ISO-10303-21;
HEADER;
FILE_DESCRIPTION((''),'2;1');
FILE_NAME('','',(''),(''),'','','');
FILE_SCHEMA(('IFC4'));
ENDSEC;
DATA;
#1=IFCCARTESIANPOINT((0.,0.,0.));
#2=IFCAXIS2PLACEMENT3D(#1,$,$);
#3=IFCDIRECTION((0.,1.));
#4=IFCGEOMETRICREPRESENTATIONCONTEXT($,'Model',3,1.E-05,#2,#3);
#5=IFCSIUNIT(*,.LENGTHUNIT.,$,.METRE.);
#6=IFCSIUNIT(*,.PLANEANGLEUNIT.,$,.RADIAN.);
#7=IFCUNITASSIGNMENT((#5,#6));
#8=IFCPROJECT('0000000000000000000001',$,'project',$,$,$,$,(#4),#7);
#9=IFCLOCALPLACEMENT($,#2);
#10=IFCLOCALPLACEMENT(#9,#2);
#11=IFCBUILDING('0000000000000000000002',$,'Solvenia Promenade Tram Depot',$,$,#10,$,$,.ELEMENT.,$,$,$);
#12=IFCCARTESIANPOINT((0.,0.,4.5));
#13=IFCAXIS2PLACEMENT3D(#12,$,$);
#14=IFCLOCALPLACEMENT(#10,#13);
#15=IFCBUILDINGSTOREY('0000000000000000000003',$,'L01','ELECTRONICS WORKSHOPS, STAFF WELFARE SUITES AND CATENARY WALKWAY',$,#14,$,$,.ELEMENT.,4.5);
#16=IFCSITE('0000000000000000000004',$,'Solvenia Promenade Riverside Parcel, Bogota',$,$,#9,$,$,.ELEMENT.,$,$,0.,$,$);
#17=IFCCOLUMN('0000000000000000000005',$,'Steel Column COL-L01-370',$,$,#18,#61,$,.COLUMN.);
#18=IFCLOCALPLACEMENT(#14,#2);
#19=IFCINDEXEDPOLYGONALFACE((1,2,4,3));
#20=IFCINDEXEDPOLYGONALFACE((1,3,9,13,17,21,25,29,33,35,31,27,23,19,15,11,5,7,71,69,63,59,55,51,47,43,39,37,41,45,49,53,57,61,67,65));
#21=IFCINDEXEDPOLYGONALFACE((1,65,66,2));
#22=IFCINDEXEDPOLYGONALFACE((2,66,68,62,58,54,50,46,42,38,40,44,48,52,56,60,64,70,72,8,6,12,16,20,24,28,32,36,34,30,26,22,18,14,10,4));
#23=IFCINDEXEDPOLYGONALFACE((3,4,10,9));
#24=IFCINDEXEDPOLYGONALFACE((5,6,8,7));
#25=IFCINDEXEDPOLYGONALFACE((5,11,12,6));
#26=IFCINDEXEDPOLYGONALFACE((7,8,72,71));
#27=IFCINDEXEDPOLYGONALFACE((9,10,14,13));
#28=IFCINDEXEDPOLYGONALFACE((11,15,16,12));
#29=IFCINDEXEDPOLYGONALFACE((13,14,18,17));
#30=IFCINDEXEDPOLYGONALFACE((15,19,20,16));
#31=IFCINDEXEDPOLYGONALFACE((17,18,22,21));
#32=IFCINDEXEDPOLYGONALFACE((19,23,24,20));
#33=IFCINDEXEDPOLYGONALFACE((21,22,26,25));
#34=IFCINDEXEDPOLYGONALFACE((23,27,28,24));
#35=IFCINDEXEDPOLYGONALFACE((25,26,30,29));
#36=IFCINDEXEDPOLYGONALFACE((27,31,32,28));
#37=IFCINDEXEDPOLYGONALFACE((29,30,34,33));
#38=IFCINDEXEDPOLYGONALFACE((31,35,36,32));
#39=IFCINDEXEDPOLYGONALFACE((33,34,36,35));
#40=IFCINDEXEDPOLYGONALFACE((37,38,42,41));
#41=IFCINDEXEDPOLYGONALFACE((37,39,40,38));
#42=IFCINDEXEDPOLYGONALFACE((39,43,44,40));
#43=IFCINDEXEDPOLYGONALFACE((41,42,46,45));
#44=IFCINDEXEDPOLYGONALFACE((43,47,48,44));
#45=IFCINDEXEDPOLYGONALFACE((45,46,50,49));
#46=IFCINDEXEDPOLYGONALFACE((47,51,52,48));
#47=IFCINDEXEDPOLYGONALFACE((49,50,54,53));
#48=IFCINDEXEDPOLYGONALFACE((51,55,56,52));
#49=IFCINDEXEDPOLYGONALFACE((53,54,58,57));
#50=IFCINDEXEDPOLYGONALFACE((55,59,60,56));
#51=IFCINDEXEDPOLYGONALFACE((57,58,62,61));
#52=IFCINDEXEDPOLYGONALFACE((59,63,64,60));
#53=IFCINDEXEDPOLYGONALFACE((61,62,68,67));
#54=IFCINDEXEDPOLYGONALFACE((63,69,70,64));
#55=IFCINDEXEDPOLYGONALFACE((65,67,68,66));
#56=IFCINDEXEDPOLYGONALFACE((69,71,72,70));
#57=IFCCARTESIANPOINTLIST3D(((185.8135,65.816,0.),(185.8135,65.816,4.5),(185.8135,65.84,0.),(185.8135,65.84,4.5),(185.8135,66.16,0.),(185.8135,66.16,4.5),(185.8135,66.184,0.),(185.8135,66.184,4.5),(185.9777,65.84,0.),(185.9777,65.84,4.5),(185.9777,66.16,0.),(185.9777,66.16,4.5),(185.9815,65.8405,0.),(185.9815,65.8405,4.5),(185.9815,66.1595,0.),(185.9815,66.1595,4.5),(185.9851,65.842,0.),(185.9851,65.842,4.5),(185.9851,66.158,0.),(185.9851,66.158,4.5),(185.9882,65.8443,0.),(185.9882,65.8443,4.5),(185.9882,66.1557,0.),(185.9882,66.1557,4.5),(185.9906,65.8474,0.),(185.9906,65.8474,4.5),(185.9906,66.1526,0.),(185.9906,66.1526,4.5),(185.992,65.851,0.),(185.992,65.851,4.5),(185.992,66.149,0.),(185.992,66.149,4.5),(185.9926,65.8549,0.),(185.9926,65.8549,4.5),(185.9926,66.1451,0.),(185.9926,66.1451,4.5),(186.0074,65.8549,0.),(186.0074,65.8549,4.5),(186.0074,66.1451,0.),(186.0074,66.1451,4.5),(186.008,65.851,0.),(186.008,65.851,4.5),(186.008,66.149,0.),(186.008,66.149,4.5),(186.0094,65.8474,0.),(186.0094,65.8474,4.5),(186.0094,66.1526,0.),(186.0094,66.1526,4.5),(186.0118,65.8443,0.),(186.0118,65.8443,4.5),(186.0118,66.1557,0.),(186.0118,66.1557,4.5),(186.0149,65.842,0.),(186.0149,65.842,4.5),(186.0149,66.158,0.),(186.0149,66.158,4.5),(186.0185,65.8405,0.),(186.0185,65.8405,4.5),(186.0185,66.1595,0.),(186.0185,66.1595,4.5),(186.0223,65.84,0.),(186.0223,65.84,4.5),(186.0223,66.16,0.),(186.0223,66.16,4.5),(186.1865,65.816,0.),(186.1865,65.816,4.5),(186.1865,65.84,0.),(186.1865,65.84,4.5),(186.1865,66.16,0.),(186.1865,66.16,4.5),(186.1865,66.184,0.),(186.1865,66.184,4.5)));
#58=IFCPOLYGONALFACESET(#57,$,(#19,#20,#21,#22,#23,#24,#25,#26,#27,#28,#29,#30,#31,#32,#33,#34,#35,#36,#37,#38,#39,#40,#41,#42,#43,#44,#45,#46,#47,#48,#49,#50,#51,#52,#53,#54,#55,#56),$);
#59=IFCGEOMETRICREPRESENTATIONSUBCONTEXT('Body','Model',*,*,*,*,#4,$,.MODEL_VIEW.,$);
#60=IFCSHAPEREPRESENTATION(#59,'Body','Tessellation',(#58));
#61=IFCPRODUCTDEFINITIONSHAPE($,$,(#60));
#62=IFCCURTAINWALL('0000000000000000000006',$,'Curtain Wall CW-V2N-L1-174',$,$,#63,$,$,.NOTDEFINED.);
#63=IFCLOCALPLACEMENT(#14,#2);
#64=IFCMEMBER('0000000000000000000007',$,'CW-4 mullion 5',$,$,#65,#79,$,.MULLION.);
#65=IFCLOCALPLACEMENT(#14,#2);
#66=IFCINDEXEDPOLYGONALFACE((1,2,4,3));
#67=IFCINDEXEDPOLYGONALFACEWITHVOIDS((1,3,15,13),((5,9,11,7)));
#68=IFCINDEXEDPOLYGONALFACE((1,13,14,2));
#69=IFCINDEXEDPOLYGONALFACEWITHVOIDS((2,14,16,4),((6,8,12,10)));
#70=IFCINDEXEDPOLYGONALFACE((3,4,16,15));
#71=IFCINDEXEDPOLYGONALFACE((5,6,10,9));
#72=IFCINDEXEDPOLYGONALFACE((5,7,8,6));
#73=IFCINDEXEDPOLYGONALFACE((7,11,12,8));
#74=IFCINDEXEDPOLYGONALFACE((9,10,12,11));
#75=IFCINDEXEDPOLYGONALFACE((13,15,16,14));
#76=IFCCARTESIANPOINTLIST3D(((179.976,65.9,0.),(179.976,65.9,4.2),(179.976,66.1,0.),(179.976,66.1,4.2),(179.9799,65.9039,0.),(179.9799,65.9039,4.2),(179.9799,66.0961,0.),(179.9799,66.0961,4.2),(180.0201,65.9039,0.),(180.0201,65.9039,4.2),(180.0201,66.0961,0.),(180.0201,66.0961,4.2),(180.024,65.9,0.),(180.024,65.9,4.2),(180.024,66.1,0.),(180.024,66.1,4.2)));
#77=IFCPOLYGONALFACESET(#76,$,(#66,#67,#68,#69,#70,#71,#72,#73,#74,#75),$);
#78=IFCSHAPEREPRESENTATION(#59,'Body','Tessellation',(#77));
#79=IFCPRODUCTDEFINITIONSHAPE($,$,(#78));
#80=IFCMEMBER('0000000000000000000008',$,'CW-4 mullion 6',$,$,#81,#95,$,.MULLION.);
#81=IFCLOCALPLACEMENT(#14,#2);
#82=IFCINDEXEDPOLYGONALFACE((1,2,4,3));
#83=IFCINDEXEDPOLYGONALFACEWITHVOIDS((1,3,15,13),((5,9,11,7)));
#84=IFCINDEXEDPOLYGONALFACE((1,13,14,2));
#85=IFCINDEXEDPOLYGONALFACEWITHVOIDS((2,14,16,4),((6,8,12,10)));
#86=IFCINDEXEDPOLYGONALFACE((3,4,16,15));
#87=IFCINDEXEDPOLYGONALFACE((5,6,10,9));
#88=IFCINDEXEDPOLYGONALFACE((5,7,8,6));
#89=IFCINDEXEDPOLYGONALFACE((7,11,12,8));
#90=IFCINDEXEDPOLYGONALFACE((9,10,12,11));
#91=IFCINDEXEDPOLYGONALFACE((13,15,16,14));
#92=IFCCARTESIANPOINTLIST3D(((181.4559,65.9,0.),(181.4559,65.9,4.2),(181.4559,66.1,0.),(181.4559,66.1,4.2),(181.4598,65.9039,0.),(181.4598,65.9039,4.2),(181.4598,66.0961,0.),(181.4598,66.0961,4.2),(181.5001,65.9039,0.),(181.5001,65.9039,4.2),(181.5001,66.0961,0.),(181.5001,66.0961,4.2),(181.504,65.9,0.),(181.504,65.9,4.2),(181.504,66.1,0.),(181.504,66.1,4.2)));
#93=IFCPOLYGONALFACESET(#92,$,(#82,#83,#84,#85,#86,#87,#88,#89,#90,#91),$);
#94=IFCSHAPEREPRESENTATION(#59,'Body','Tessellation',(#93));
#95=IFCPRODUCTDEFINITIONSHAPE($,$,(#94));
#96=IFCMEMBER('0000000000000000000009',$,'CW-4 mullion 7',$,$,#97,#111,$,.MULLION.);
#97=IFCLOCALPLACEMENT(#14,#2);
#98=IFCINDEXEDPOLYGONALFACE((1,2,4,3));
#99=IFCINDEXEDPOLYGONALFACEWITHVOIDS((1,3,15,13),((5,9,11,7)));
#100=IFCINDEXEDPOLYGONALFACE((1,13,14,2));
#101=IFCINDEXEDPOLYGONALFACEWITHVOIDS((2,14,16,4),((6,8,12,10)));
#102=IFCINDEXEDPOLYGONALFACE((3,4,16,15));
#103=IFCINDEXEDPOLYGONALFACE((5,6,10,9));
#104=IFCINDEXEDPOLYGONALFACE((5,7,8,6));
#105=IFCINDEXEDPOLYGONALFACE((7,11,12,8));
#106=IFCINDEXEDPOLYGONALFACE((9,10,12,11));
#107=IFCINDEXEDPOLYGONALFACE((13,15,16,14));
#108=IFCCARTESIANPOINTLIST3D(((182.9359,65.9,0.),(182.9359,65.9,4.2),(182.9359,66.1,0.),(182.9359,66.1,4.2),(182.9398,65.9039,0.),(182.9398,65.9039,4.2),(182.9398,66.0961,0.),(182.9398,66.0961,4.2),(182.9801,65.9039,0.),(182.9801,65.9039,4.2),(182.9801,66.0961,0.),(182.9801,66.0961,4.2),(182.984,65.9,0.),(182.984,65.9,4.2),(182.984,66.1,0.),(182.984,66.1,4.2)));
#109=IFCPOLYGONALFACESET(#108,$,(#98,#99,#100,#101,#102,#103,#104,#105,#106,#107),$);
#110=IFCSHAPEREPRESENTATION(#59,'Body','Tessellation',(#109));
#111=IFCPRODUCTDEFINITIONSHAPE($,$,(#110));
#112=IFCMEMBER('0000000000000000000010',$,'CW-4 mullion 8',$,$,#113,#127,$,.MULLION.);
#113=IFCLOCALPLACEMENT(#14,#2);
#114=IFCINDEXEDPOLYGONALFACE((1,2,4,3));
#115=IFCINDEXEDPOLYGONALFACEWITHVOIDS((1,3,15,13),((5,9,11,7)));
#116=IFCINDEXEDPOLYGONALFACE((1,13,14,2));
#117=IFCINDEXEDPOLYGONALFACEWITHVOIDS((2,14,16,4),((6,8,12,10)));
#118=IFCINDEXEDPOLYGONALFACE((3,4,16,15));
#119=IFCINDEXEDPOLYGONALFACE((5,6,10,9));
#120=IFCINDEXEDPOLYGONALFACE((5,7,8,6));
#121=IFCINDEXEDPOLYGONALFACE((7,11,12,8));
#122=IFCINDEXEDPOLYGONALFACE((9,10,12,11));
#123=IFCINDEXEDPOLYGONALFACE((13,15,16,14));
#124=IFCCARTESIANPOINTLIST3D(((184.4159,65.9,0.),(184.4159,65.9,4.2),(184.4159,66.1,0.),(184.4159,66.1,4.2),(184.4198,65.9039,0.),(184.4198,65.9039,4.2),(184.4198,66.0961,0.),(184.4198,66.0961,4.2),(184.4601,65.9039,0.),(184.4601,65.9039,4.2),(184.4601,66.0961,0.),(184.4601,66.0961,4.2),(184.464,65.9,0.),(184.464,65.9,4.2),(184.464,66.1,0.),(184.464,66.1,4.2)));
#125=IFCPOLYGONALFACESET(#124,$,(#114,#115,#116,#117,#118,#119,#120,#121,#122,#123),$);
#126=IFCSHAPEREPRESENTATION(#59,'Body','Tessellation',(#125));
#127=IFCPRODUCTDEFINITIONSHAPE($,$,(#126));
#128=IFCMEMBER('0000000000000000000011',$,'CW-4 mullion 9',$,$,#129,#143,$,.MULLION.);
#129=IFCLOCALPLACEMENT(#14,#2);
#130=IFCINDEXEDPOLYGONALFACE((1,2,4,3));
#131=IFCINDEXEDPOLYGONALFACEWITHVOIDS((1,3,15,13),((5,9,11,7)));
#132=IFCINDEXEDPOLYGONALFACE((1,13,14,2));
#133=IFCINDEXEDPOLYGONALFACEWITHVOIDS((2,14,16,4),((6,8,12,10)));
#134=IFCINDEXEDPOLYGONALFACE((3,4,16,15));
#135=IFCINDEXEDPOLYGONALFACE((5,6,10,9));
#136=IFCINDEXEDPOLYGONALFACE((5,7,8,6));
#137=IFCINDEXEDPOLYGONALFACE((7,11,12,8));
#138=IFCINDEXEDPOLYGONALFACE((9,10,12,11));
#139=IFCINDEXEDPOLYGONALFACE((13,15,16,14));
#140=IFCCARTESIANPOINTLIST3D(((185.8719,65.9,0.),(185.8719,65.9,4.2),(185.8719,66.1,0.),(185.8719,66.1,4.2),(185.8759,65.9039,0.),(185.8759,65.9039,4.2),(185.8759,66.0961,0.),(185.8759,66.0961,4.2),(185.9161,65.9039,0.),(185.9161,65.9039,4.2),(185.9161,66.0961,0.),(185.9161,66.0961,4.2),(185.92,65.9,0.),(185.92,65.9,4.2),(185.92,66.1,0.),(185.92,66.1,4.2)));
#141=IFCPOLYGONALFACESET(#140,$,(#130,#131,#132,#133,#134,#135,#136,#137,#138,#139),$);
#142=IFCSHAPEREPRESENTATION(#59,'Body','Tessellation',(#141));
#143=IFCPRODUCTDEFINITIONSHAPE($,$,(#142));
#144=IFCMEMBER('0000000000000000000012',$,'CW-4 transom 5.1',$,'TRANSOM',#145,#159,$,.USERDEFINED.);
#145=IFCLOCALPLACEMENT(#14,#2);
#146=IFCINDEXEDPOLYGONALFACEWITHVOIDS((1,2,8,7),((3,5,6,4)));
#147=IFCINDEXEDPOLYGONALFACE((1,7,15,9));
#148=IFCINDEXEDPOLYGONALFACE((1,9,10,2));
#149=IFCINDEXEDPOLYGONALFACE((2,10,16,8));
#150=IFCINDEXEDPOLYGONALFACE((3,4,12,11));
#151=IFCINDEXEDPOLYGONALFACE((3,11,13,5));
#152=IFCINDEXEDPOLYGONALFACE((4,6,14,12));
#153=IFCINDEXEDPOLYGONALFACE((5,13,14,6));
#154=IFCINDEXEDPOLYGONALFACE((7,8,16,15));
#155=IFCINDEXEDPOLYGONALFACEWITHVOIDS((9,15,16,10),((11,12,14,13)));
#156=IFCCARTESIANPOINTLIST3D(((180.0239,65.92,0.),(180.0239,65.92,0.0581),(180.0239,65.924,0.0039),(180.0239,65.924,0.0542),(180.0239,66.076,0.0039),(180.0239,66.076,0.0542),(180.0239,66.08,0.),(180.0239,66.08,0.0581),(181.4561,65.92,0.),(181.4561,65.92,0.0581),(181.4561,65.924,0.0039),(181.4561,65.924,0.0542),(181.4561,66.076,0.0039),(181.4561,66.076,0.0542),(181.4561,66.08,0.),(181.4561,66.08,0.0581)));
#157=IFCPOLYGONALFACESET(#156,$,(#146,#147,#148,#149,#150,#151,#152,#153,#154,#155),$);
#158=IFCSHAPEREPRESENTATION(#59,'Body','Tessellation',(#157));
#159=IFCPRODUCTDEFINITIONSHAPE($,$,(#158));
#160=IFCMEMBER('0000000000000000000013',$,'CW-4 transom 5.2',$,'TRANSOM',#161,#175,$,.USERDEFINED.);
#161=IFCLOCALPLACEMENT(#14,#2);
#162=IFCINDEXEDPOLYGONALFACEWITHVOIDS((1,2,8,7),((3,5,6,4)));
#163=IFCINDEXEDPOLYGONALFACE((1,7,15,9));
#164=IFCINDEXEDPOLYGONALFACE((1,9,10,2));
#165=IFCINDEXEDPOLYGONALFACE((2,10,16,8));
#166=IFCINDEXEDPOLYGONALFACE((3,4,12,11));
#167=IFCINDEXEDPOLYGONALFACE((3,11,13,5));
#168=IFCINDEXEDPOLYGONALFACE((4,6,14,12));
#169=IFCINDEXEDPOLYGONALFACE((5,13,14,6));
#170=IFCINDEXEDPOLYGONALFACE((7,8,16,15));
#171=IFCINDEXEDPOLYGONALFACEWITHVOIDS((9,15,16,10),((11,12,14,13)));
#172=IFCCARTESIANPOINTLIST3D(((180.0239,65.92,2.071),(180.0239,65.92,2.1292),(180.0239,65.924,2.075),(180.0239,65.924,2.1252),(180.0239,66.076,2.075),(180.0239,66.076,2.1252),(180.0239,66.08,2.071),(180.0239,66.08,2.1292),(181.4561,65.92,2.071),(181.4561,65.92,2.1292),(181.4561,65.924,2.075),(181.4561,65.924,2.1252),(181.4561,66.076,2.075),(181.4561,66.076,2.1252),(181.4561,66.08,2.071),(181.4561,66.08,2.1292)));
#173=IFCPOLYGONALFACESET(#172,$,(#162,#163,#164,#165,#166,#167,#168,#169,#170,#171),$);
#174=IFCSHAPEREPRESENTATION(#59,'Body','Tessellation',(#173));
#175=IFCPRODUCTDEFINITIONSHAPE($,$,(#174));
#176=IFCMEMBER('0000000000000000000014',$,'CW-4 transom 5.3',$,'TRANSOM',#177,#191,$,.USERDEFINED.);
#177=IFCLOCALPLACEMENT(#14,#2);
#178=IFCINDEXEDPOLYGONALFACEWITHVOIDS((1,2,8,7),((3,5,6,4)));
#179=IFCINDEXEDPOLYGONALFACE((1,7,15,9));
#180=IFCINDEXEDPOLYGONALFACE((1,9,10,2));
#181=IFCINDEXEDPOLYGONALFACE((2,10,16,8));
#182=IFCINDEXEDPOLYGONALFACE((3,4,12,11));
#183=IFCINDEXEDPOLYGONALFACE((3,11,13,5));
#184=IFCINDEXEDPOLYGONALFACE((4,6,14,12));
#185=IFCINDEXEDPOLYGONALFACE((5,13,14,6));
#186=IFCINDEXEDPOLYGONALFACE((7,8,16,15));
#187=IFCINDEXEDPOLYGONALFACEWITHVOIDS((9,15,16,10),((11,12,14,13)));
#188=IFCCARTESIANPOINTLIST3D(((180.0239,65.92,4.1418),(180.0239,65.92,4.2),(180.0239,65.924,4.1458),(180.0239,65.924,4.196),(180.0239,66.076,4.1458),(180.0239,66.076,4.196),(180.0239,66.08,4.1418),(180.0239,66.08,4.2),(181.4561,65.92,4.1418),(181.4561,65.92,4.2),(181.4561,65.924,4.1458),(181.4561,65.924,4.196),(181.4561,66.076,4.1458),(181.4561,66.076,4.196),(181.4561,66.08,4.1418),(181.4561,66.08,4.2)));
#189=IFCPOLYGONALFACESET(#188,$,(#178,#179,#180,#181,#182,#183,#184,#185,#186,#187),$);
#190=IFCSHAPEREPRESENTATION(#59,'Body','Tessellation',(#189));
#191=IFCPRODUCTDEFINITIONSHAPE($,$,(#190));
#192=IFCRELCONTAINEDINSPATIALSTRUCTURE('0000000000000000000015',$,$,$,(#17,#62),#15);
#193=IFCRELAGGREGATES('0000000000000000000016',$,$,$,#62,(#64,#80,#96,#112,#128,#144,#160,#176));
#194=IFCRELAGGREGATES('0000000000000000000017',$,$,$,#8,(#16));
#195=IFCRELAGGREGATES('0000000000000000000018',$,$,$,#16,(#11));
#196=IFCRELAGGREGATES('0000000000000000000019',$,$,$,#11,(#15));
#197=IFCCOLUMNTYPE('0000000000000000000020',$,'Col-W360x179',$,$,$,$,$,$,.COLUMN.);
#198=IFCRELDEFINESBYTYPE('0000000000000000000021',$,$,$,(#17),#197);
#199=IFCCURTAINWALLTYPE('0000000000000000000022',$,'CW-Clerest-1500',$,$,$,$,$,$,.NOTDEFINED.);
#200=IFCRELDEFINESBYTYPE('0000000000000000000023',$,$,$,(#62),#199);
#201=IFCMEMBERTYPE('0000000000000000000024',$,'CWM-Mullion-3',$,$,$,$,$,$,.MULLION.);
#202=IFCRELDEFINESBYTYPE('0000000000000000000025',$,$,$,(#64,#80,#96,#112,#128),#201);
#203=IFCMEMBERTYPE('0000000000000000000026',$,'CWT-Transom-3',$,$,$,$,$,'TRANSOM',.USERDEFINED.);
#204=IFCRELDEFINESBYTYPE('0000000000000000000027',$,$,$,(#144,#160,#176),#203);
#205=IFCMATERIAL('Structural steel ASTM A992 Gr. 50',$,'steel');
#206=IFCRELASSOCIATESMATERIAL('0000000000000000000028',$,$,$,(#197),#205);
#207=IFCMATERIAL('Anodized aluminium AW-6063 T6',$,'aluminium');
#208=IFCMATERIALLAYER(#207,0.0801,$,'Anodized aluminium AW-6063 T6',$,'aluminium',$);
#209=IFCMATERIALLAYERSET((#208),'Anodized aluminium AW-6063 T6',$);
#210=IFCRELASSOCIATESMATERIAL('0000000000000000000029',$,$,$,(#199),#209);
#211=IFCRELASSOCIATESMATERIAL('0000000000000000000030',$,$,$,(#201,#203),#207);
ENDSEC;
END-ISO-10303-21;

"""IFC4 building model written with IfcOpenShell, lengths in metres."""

from ifc_helpers import new_model, si_unit, direction, frame, origin, origin_2d, place, context, subcontext, project, spatial, hollow_rectangle, i_section, extrude, material, layer, layer_set, material_profile, profile_set, type_object, element, aggregate, save


model = new_model("IFC4")

# Units and contexts
model_context = context("Model", 3, precision=1e-05, world=origin(), true_north=direction((0.0, 1.0)))
body_context = subcontext(model_context, "Body", "Model", "MODEL_VIEW")
ifc_project = project(units=[si_unit("LENGTHUNIT", "METRE"), si_unit("PLANEANGLEUNIT", "RADIAN")], contexts=[model_context])

# Site, building, storey
site_placement = place(None, origin())
site = spatial("IfcSite", under=ifc_project, at=site_placement, Name="Solvenia Promenade Riverside Parcel, Bogota", CompositionType="ELEMENT", RefElevation=0.0)
building_placement = place(site_placement, origin())
building = spatial("IfcBuilding", under=site, at=building_placement, Name="Solvenia Promenade Tram Depot", CompositionType="ELEMENT")
storey_placement = place(building_placement, frame((0.0, 0.0, 4.5)))
storey = spatial("IfcBuildingStorey", under=building, at=storey_placement, Name="L01", Description="ELECTRONICS WORKSHOPS, STAFF WELFARE SUITES AND CATENARY WALKWAY", CompositionType="ELEMENT", Elevation=4.5)

# Column
ifc_material_1 = material(Name="Structural steel ASTM A992 Gr. 50", Category="steel")
ifc_material_profile_1 = material_profile(ifc_material_1, i_section(OverallWidth=0.373, OverallDepth=0.3679, WebThickness=0.0149, FlangeThickness=0.0239, FilletRadius=0.0149, at=origin_2d()), Name="W360x179", Category="steel")
ifc_profile_set_1 = profile_set([ifc_material_profile_1], Name="Structural steel ASTM A992 Gr. 50")
column_type = type_object("IfcColumnType", Name="Col-W360x179", PredefinedType="COLUMN", material=ifc_profile_set_1)
column_placement = place(storey_placement, frame((186.0, 66.0, 0.0), z_axis=(0.0, 0.0, 1.0), x_axis=(1.0, 0.0, 0.0)))
element("IfcColumn", 1, at=column_placement, inside=storey, type_object=column_type, Name="Steel Column COL-L01-370", PredefinedType="COLUMN", context=body_context, shape_type="SweptSolid", body=[
    extrude(i_section(OverallWidth=0.373, OverallDepth=0.3679, WebThickness=0.0149, FlangeThickness=0.0239, FilletRadius=0.0149, at=origin_2d()), origin(), (0.0, 0.0, 1.0), 4.5),
])

# Curtain wall, members
ifc_material_2 = material(Name="Anodized aluminium AW-6063 T6", Category="aluminium")
ifc_layer_1 = layer(ifc_material_2, 0.0801, Name="Anodized aluminium AW-6063 T6", Category="aluminium")
ifc_layer_set_1 = layer_set([ifc_layer_1], Name="Anodized aluminium AW-6063 T6")
curtain_wall_type = type_object("IfcCurtainWallType", Name="CW-Clerest-1500", PredefinedType="NOTDEFINED", material=ifc_layer_set_1)
curtain_wall_placement = place(storey_placement, origin())
curtain_wall = element("IfcCurtainWall", 2, at=curtain_wall_placement, inside=storey, type_object=curtain_wall_type, Name="Curtain Wall CW-V2N-L1-174", PredefinedType="NOTDEFINED")
ifc_material_profile_2 = material_profile(ifc_material_2, hollow_rectangle(XDim=0.2, YDim=0.0481, WallThickness=0.0039, at=origin_2d()), Name="ALU-M3", Category="aluminium")
ifc_profile_set_2 = profile_set([ifc_material_profile_2], Name="Anodized aluminium AW-6063 T6")
member_type_1 = type_object("IfcMemberType", Name="CWM-Mullion-3", PredefinedType="MULLION", material=ifc_profile_set_2)
member_1_placement = place(storey_placement, frame((180.0, 66.0, 0.0), z_axis=(0.0, 0.0, 1.0), x_axis=(0.0, 1.0, 0.0)))
member_1 = element("IfcMember", 3, at=member_1_placement, type_object=member_type_1, Name="CW-4 mullion 5", PredefinedType="MULLION", context=body_context, shape_type="SweptSolid", body=[
    extrude(hollow_rectangle(XDim=0.2, YDim=0.0481, WallThickness=0.0039, at=origin_2d()), origin(), (0.0, 0.0, 1.0), 4.2),
])
member_2_placement = place(storey_placement, frame((181.48, 66.0, 0.0), z_axis=(0.0, 0.0, 1.0), x_axis=(0.0, 1.0, 0.0)))
member_2 = element("IfcMember", 4, at=member_2_placement, type_object=member_type_1, Name="CW-4 mullion 6", PredefinedType="MULLION", context=body_context, shape_type="SweptSolid", body=[
    extrude(hollow_rectangle(XDim=0.2, YDim=0.0481, WallThickness=0.0039, at=origin_2d()), origin(), (0.0, 0.0, 1.0), 4.2),
])
member_3_placement = place(storey_placement, frame((182.96, 66.0, 0.0), z_axis=(0.0, 0.0, 1.0), x_axis=(0.0, 1.0, 0.0)))
member_3 = element("IfcMember", 5, at=member_3_placement, type_object=member_type_1, Name="CW-4 mullion 7", PredefinedType="MULLION", context=body_context, shape_type="SweptSolid", body=[
    extrude(hollow_rectangle(XDim=0.2, YDim=0.0481, WallThickness=0.0039, at=origin_2d()), origin(), (0.0, 0.0, 1.0), 4.2),
])
member_4_placement = place(storey_placement, frame((184.4399, 66.0, 0.0), z_axis=(0.0, 0.0, 1.0), x_axis=(0.0, 1.0, 0.0)))
member_4 = element("IfcMember", 6, at=member_4_placement, type_object=member_type_1, Name="CW-4 mullion 8", PredefinedType="MULLION", context=body_context, shape_type="SweptSolid", body=[
    extrude(hollow_rectangle(XDim=0.2, YDim=0.0481, WallThickness=0.0039, at=origin_2d()), origin(), (0.0, 0.0, 1.0), 4.2),
])
member_5_placement = place(storey_placement, frame((185.896, 66.0, 0.0), z_axis=(0.0, 0.0, 1.0), x_axis=(0.0, 1.0, 0.0)))
member_5 = element("IfcMember", 7, at=member_5_placement, type_object=member_type_1, Name="CW-4 mullion 9", PredefinedType="MULLION", context=body_context, shape_type="SweptSolid", body=[
    extrude(hollow_rectangle(XDim=0.2, YDim=0.0481, WallThickness=0.0039, at=origin_2d()), origin(), (0.0, 0.0, 1.0), 4.2),
])
ifc_material_profile_3 = material_profile(ifc_material_2, hollow_rectangle(XDim=0.1599, YDim=0.0581, WallThickness=0.0039, at=origin_2d()), Name="ALU-T3", Category="aluminium")
ifc_profile_set_3 = profile_set([ifc_material_profile_3], Name="Anodized aluminium AW-6063 T6")
member_type_2 = type_object("IfcMemberType", Name="CWT-Transom-3", ElementType="TRANSOM", PredefinedType="USERDEFINED", material=ifc_profile_set_3)
member_6_placement = place(storey_placement, frame((180.0239, 66.0, 0.0291), z_axis=(1.0, 0.0, 0.0), x_axis=(0.0, 1.0, 0.0)))
member_6 = element("IfcMember", 8, at=member_6_placement, type_object=member_type_2, Name="CW-4 transom 5.1", ObjectType="TRANSOM", PredefinedType="USERDEFINED", context=body_context, shape_type="SweptSolid", body=[
    extrude(hollow_rectangle(XDim=0.1599, YDim=0.0581, WallThickness=0.0039, at=origin_2d()), origin(), (0.0, 0.0, 1.0), 1.4321),
])
member_7_placement = place(storey_placement, frame((180.0239, 66.0, 2.1001), z_axis=(1.0, 0.0, 0.0), x_axis=(0.0, 1.0, 0.0)))
member_7 = element("IfcMember", 9, at=member_7_placement, type_object=member_type_2, Name="CW-4 transom 5.2", ObjectType="TRANSOM", PredefinedType="USERDEFINED", context=body_context, shape_type="SweptSolid", body=[
    extrude(hollow_rectangle(XDim=0.1599, YDim=0.0581, WallThickness=0.0039, at=origin_2d()), origin(), (0.0, 0.0, 1.0), 1.4321),
])
member_8_placement = place(storey_placement, frame((180.0239, 66.0, 4.1709), z_axis=(1.0, 0.0, 0.0), x_axis=(0.0, 1.0, 0.0)))
member_8 = element("IfcMember", 10, at=member_8_placement, type_object=member_type_2, Name="CW-4 transom 5.3", ObjectType="TRANSOM", PredefinedType="USERDEFINED", context=body_context, shape_type="SweptSolid", body=[
    extrude(hollow_rectangle(XDim=0.1599, YDim=0.0581, WallThickness=0.0039, at=origin_2d()), origin(), (0.0, 0.0, 1.0), 1.4321),
])
aggregate(curtain_wall, [member_1, member_2, member_3, member_4, member_5, member_6, member_7, member_8])

save(model, "model.ifc")
